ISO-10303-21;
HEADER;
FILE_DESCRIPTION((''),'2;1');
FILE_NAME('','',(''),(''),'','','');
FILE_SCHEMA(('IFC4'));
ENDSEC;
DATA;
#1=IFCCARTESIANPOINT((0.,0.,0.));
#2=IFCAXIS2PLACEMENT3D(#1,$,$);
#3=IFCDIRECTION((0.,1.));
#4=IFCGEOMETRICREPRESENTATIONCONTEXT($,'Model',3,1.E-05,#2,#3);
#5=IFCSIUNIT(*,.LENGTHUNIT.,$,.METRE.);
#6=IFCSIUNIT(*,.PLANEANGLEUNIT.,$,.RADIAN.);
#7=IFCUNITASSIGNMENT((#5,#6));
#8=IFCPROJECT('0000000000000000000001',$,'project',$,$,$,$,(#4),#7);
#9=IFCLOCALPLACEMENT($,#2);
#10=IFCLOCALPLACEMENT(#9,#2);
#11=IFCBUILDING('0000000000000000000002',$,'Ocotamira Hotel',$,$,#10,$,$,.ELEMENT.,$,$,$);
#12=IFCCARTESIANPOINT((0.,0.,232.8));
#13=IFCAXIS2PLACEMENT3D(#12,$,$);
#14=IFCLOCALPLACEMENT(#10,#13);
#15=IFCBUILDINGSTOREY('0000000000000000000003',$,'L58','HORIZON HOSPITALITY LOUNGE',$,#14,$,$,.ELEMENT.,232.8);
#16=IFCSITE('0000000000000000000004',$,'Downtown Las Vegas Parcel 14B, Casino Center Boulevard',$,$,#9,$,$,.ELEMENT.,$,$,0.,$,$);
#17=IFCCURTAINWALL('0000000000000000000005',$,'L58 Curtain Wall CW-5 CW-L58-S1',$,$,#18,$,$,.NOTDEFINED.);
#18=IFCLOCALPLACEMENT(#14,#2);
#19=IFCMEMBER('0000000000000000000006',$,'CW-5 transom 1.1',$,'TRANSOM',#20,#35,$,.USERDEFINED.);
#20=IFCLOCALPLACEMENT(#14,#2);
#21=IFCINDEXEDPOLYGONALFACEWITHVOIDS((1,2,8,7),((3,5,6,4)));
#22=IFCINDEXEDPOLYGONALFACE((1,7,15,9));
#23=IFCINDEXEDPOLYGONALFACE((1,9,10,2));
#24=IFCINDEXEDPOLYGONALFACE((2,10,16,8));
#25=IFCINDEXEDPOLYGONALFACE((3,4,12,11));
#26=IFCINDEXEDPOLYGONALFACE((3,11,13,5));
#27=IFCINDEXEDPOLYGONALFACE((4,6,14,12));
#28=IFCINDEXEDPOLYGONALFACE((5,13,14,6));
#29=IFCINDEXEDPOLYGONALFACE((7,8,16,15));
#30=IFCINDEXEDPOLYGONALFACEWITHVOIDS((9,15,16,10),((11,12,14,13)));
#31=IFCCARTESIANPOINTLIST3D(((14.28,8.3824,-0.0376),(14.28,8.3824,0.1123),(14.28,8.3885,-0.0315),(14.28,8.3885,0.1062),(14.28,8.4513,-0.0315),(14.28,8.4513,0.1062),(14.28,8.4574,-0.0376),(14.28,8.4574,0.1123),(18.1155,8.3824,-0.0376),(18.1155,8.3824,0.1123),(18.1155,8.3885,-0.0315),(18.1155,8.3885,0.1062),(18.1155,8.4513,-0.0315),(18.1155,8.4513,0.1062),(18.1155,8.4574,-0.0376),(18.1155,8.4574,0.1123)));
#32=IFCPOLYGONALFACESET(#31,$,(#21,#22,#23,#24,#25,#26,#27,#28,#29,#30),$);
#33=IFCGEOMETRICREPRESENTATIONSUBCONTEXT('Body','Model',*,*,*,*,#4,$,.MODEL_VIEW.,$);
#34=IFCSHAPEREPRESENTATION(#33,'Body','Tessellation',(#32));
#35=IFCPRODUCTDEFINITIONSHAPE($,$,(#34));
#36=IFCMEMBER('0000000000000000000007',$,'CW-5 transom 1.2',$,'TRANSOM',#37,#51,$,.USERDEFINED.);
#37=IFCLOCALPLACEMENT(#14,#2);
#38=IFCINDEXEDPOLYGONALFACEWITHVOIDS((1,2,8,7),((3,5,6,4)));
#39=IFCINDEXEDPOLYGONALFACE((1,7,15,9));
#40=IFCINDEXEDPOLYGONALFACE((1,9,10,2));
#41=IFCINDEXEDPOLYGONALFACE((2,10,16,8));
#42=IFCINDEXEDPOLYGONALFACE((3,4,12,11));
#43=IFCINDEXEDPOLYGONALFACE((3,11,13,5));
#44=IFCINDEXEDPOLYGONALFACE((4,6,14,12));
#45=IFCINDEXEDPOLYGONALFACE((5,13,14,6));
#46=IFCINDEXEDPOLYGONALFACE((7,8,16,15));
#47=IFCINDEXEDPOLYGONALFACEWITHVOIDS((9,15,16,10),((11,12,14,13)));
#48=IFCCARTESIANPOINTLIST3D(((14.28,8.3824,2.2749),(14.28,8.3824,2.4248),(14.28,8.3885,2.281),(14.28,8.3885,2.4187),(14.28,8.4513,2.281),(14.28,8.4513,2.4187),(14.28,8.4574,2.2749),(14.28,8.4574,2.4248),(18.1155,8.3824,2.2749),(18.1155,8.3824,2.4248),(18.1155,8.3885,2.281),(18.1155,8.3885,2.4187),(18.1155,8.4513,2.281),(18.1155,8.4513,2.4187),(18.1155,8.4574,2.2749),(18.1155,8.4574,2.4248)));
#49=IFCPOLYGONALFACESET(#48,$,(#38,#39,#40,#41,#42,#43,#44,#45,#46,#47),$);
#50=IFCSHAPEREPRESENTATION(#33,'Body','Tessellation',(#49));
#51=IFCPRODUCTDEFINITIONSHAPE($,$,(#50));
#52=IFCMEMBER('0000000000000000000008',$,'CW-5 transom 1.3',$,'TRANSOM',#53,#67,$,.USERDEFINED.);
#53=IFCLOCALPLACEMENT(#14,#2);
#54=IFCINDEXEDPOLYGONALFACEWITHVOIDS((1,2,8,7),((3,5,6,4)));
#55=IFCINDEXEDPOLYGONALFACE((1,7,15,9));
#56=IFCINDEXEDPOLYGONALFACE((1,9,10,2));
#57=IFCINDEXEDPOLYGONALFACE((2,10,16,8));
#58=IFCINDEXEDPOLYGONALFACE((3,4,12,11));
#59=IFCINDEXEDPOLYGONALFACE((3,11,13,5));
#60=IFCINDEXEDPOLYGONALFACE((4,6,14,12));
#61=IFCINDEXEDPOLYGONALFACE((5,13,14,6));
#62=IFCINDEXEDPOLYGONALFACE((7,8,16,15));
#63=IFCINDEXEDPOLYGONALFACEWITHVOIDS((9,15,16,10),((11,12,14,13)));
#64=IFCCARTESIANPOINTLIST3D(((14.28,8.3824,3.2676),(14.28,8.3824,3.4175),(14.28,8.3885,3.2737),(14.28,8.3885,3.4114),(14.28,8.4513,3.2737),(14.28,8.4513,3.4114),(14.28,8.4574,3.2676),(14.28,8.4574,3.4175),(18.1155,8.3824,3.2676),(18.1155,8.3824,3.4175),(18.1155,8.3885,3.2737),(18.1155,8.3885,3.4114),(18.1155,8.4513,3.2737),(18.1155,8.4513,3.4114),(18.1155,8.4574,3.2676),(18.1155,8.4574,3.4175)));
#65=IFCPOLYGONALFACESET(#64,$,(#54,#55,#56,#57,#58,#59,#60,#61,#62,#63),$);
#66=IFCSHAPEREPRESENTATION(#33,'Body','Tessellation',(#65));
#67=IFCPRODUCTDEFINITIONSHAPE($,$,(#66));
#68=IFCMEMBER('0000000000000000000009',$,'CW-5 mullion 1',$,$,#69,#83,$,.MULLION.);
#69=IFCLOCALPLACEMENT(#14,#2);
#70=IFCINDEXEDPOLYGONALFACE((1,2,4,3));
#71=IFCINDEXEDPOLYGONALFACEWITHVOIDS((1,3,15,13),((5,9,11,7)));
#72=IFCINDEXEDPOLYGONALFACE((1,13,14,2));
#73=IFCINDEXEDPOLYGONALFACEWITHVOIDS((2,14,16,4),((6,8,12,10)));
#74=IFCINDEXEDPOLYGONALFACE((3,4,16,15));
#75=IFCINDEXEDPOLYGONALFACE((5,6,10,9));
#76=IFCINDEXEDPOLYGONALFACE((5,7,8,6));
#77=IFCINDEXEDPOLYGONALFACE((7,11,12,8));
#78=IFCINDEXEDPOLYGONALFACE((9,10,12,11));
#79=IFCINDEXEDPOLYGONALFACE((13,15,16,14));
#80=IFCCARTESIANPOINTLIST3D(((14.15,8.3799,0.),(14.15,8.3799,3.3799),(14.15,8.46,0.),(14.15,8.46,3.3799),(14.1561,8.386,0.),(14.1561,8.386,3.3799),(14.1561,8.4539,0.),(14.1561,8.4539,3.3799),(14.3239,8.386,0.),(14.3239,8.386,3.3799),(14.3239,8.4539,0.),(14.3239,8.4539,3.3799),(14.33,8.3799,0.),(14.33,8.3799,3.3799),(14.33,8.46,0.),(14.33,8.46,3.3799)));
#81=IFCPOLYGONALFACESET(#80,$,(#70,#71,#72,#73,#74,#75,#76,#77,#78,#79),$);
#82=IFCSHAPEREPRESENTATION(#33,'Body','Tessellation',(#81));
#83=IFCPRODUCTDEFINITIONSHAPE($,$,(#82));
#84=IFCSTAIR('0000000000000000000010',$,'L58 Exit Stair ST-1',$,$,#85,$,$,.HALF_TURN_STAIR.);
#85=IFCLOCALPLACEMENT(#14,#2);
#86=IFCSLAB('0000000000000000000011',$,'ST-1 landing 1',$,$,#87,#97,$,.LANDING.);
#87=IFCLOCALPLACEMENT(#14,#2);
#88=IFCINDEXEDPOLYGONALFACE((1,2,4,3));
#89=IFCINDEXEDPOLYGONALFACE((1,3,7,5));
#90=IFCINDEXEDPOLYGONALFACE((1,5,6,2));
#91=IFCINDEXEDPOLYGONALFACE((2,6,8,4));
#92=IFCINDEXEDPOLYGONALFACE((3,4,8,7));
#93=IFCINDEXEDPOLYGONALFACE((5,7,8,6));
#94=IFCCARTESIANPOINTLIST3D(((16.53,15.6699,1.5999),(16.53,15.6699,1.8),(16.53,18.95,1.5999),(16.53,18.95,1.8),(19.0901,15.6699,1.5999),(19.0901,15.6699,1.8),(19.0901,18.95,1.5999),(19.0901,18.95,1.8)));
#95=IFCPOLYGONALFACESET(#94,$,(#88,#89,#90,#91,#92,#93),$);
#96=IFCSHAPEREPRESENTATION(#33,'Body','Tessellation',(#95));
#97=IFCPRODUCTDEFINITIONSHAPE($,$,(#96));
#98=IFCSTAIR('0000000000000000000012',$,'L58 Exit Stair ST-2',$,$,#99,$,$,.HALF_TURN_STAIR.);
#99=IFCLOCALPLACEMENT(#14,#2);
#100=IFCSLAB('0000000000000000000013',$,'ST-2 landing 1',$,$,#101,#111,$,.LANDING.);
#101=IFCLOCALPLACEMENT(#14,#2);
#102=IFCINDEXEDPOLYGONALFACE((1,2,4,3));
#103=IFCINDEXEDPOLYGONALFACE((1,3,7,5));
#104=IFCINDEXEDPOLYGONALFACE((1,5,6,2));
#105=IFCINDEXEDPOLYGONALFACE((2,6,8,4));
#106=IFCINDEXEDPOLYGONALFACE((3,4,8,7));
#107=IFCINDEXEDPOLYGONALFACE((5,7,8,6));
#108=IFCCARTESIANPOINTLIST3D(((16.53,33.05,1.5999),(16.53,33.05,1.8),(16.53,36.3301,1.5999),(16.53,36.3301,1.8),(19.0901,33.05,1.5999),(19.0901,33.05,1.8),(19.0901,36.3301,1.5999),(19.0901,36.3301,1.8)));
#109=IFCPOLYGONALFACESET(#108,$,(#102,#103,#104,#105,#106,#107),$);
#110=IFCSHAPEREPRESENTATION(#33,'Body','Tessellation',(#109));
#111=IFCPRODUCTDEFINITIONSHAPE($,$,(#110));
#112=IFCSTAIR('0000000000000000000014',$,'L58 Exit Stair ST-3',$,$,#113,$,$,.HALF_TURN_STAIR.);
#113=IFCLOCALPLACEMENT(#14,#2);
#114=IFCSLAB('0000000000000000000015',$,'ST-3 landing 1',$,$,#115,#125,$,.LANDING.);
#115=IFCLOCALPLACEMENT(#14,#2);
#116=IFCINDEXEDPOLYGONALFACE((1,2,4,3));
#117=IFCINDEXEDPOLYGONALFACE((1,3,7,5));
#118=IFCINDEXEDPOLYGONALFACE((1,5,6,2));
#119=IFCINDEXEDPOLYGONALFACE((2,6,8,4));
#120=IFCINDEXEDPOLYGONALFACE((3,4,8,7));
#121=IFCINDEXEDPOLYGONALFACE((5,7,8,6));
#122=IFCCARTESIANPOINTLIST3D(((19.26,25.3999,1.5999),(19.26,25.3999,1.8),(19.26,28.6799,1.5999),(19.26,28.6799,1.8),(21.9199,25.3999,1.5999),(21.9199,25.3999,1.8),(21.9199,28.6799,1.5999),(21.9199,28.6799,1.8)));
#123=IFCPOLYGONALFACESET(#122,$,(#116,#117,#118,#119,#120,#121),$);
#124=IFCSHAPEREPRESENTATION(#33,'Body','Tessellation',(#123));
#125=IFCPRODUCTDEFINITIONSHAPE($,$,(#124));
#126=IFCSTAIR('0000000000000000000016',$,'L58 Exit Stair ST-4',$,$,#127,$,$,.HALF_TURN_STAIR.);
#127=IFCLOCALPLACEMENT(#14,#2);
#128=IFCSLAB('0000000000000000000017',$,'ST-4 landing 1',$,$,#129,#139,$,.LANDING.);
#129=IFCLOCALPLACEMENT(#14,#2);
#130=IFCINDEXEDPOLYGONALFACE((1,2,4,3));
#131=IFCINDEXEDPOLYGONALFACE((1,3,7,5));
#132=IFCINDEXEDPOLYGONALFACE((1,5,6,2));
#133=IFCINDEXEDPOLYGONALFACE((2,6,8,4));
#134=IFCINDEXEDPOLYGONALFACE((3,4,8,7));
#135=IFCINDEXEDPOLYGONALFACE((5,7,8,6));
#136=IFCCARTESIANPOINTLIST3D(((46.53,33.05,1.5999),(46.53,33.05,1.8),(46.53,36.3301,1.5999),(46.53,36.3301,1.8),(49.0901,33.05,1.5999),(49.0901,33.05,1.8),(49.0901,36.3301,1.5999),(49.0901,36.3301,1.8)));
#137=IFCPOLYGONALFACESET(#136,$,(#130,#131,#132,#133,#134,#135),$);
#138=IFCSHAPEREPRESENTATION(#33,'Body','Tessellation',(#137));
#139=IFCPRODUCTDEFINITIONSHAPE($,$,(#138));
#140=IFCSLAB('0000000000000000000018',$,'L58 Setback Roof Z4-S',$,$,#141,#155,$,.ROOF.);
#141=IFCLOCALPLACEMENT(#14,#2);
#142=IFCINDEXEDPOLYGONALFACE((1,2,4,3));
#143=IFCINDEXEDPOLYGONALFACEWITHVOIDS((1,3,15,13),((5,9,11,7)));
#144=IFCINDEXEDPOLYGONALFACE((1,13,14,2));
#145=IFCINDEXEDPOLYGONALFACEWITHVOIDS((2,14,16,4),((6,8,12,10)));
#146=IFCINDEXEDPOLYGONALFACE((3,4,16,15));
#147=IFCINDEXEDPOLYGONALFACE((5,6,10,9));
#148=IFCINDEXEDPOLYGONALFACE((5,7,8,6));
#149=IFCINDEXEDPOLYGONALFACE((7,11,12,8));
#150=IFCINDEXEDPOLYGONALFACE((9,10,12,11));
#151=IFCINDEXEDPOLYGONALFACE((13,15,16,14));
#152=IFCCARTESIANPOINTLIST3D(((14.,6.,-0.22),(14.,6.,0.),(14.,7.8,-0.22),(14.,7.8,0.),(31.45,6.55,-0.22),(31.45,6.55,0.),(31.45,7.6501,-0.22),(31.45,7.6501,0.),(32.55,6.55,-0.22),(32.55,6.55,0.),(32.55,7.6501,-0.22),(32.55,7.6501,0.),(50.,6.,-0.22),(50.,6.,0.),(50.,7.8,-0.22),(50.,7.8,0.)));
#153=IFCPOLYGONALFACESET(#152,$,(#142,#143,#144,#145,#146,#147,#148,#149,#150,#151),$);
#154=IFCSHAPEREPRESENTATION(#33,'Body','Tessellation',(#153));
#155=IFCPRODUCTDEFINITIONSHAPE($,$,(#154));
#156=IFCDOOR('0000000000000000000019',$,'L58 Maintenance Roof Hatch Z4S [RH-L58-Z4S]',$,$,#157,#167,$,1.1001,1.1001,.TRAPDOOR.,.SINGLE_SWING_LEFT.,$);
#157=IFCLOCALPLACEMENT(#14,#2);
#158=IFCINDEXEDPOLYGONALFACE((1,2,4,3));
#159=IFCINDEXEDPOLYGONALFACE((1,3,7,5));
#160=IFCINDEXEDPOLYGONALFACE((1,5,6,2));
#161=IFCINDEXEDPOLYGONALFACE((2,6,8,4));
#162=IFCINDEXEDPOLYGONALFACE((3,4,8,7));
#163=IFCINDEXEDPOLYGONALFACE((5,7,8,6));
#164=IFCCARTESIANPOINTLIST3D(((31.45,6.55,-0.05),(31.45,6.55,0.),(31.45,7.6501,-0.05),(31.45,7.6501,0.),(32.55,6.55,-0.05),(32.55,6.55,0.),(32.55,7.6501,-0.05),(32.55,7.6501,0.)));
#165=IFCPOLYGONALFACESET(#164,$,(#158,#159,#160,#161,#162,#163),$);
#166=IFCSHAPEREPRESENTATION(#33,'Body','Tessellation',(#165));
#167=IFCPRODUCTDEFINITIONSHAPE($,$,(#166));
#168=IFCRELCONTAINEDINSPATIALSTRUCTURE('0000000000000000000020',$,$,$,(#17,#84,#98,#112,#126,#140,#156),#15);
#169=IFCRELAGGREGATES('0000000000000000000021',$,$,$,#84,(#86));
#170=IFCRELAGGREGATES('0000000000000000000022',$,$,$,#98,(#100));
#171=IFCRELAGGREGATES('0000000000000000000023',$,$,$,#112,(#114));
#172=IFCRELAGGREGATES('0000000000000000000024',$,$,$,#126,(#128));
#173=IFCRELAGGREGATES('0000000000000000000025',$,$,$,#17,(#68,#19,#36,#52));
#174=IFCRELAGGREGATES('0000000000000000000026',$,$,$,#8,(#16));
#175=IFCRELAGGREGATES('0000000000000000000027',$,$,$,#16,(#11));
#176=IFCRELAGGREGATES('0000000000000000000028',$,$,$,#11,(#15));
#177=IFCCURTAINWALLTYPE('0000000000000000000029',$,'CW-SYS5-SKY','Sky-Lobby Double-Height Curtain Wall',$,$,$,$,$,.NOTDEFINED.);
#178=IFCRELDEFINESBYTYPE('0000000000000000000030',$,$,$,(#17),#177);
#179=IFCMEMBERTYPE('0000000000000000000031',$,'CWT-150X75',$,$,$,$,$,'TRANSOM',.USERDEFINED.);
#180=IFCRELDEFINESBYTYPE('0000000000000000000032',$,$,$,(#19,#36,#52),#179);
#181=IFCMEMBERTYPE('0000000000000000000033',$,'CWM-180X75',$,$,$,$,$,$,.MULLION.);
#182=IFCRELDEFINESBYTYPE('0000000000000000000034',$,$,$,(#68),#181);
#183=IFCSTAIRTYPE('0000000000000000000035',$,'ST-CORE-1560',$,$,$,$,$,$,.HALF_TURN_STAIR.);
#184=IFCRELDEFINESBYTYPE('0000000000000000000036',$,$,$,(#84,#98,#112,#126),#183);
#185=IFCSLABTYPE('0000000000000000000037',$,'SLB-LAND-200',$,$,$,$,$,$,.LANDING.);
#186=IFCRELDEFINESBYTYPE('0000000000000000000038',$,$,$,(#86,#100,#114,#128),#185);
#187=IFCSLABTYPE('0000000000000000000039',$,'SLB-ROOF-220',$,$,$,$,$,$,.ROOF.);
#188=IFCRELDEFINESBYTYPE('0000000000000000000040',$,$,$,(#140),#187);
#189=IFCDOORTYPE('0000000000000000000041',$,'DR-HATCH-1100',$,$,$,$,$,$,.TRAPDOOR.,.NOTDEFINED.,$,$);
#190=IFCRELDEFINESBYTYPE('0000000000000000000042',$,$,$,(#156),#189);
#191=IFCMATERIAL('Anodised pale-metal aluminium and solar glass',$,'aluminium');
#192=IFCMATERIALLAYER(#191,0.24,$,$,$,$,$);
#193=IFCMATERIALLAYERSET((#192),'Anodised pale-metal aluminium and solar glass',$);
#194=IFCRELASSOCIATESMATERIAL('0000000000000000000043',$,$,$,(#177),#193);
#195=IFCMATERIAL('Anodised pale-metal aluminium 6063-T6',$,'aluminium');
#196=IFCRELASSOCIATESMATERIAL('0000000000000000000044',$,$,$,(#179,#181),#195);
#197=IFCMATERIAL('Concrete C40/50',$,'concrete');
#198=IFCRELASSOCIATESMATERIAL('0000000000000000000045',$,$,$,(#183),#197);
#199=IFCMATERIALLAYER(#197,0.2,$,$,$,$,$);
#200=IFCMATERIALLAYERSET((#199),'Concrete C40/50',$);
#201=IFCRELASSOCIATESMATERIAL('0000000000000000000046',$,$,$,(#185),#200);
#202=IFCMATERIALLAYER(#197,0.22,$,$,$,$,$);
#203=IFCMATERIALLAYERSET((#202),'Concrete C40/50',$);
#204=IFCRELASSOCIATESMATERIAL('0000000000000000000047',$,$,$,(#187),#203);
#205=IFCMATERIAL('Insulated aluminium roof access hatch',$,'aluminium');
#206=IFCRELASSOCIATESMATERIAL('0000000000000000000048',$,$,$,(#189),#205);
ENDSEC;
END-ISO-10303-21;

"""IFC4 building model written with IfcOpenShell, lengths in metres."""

from ifc_helpers import new_model, si_unit, direction, frame, origin, origin_2d, place, context, subcontext, project, spatial, polyline, rectangle, hollow_rectangle, outline, extrude, source, transform, mapped, material, layer, layer_set, material_profile, profile_set, type_object, element, fill, aggregate, save


model = new_model("IFC4")

# Units and contexts
model_context = context("Model", 3, precision=1e-05, world=origin(), true_north=direction((0.0, 1.0)))
body_context = subcontext(model_context, "Body", "Model", "MODEL_VIEW")
ifc_project = project(units=[si_unit("LENGTHUNIT", "METRE"), si_unit("PLANEANGLEUNIT", "RADIAN")], contexts=[model_context])

# Site, building, storey
site_placement = place(None, origin())
site = spatial("IfcSite", under=ifc_project, at=site_placement, Name="Downtown Las Vegas Parcel 14B, Casino Center Boulevard", CompositionType="ELEMENT", RefElevation=0.0)
building_placement = place(site_placement, origin())
building = spatial("IfcBuilding", under=site, at=building_placement, Name="Ocotamira Hotel", CompositionType="ELEMENT")
storey_placement = place(building_placement, frame((0.0, 0.0, 232.8)))
storey = spatial("IfcBuildingStorey", under=building, at=storey_placement, Name="L58", Description="HORIZON HOSPITALITY LOUNGE", CompositionType="ELEMENT", Elevation=232.8)

# Curtain wall, members
ifc_material_1 = material(Name="Anodised pale-metal aluminium and solar glass", Category="aluminium")
ifc_layer_1 = layer(ifc_material_1, 0.24)
ifc_layer_set_1 = layer_set([ifc_layer_1], Name="Anodised pale-metal aluminium and solar glass")
curtain_wall_type = type_object("IfcCurtainWallType", Name="CW-SYS5-SKY", Description="Sky-Lobby Double-Height Curtain Wall", PredefinedType="NOTDEFINED", material=ifc_layer_set_1)
curtain_wall_placement = place(storey_placement, origin())
curtain_wall = element("IfcCurtainWall", 1, at=curtain_wall_placement, inside=storey, type_object=curtain_wall_type, Name="L58 Curtain Wall CW-5 CW-L58-S1", PredefinedType="NOTDEFINED")
ifc_material_2 = material(Name="Anodised pale-metal aluminium 6063-T6", Category="aluminium")
ifc_material_profile_1 = material_profile(ifc_material_2, hollow_rectangle(XDim=0.075, YDim=0.1499, WallThickness=0.0061, at=origin_2d()), Name="HSS150X75X6")
ifc_profile_set_1 = profile_set([ifc_material_profile_1], Name="Anodised pale-metal aluminium 6063-T6")
member_type_1 = type_object("IfcMemberType", Name="CWT-150X75", ElementType="TRANSOM", PredefinedType="USERDEFINED", material=ifc_profile_set_1)
shared_shape_1 = source(origin(), body_context, "Body", "SweptSolid", [
    extrude(hollow_rectangle(XDim=0.075, YDim=0.1499, WallThickness=0.0061, at=origin_2d()), origin(), (0.0, 0.0, 1.0), 3.8354),
])
member_1_placement = place(storey_placement, frame((14.28, 8.4199, 0.0374), z_axis=(1.0, 0.0, 0.0), x_axis=(0.0, 1.0, 0.0)))
member_1 = element("IfcMember", 2, at=member_1_placement, type_object=member_type_1, Name="CW-5 transom 1.1", ObjectType="TRANSOM", PredefinedType="USERDEFINED", context=body_context, shape_type="MappedRepresentation", body=[
    mapped(shared_shape_1, transform((0.0, 0.0, 0.0), scale=1.0)),
])
member_2_placement = place(storey_placement, frame((14.28, 8.4199, 2.3499), z_axis=(1.0, 0.0, 0.0), x_axis=(0.0, 1.0, 0.0)))
member_2 = element("IfcMember", 3, at=member_2_placement, type_object=member_type_1, Name="CW-5 transom 1.2", ObjectType="TRANSOM", PredefinedType="USERDEFINED", context=body_context, shape_type="MappedRepresentation", body=[
    mapped(shared_shape_1, transform((0.0, 0.0, 0.0), scale=1.0)),
])
member_3_placement = place(storey_placement, frame((14.28, 8.4199, 3.3425), z_axis=(1.0, 0.0, 0.0), x_axis=(0.0, 1.0, 0.0)))
member_3 = element("IfcMember", 4, at=member_3_placement, type_object=member_type_1, Name="CW-5 transom 1.3", ObjectType="TRANSOM", PredefinedType="USERDEFINED", context=body_context, shape_type="MappedRepresentation", body=[
    mapped(shared_shape_1, transform((0.0, 0.0, 0.0), scale=1.0)),
])
ifc_material_profile_2 = material_profile(ifc_material_2, hollow_rectangle(XDim=0.0801, YDim=0.1799, WallThickness=0.0061, at=origin_2d()), Name="HSS180X80X6")
ifc_profile_set_2 = profile_set([ifc_material_profile_2], Name="Anodised pale-metal aluminium 6063-T6")
member_type_2 = type_object("IfcMemberType", Name="CWM-180X75", PredefinedType="MULLION", material=ifc_profile_set_2)
shared_shape_2 = source(origin(), body_context, "Body", "SweptSolid", [
    extrude(hollow_rectangle(XDim=0.0801, YDim=0.1799, WallThickness=0.0061, at=origin_2d()), origin(), (0.0, 0.0, 1.0), 3.3799),
])
member_4_placement = place(storey_placement, frame((14.24, 8.4199, 0.0), z_axis=(0.0, 0.0, 1.0), x_axis=(0.0, 1.0, 0.0)))
member_4 = element("IfcMember", 5, at=member_4_placement, type_object=member_type_2, Name="CW-5 mullion 1", PredefinedType="MULLION", context=body_context, shape_type="MappedRepresentation", body=[
    mapped(shared_shape_2, transform((0.0, 0.0, 0.0), scale=1.0)),
])

# Stairs, slabs
ifc_material_3 = material(Name="Concrete C40/50", Category="concrete")
stair_type = type_object("IfcStairType", Name="ST-CORE-1560", PredefinedType="HALF_TURN_STAIR", material=ifc_material_3)
stair_1_placement = place(storey_placement, origin())
stair_1 = element("IfcStair", 6, at=stair_1_placement, inside=storey, type_object=stair_type, Name="L58 Exit Stair ST-1", PredefinedType="HALF_TURN_STAIR")
ifc_layer_2 = layer(ifc_material_3, 0.2)
ifc_layer_set_2 = layer_set([ifc_layer_2], Name="Concrete C40/50")
slab_type_1 = type_object("IfcSlabType", Name="SLB-LAND-200", PredefinedType="LANDING", material=ifc_layer_set_2)
slab_1_placement = place(storey_placement, frame((0.0, 0.0, 1.5999)))
slab_1 = element("IfcSlab", 7, at=slab_1_placement, type_object=slab_type_1, Name="ST-1 landing 1", PredefinedType="LANDING", context=body_context, shape_type="SweptSolid", body=[
    extrude(outline(polyline([(16.53, 15.6699), (19.0901, 15.6699), (19.0901, 18.95), (16.53, 18.95), (16.53, 15.6699)])), origin(), (0.0, 0.0, 1.0), 0.2002),
])
aggregate(stair_1, [slab_1])
stair_2_placement = place(storey_placement, origin())
stair_2 = element("IfcStair", 8, at=stair_2_placement, inside=storey, type_object=stair_type, Name="L58 Exit Stair ST-2", PredefinedType="HALF_TURN_STAIR")
slab_2_placement = place(storey_placement, frame((0.0, 0.0, 1.5999)))
slab_2 = element("IfcSlab", 9, at=slab_2_placement, type_object=slab_type_1, Name="ST-2 landing 1", PredefinedType="LANDING", context=body_context, shape_type="SweptSolid", body=[
    extrude(outline(polyline([(16.53, 33.05), (19.0901, 33.05), (19.0901, 36.3301), (16.53, 36.3301), (16.53, 33.05)])), origin(), (0.0, 0.0, 1.0), 0.2002),
])
aggregate(stair_2, [slab_2])
stair_3_placement = place(storey_placement, origin())
stair_3 = element("IfcStair", 10, at=stair_3_placement, inside=storey, type_object=stair_type, Name="L58 Exit Stair ST-3", PredefinedType="HALF_TURN_STAIR")
slab_3_placement = place(storey_placement, frame((0.0, 0.0, 1.5999)))
slab_3 = element("IfcSlab", 11, at=slab_3_placement, type_object=slab_type_1, Name="ST-3 landing 1", PredefinedType="LANDING", context=body_context, shape_type="SweptSolid", body=[
    extrude(outline(polyline([(19.26, 25.3999), (21.9199, 25.3999), (21.9199, 28.6799), (19.26, 28.6799), (19.26, 25.3999)])), origin(), (0.0, 0.0, 1.0), 0.2002),
])
aggregate(stair_3, [slab_3])
stair_4_placement = place(storey_placement, origin())
stair_4 = element("IfcStair", 12, at=stair_4_placement, inside=storey, type_object=stair_type, Name="L58 Exit Stair ST-4", PredefinedType="HALF_TURN_STAIR")
slab_4_placement = place(storey_placement, frame((0.0, 0.0, 1.5999)))
slab_4 = element("IfcSlab", 13, at=slab_4_placement, type_object=slab_type_1, Name="ST-4 landing 1", PredefinedType="LANDING", context=body_context, shape_type="SweptSolid", body=[
    extrude(outline(polyline([(46.53, 33.05), (49.0901, 33.05), (49.0901, 36.3301), (46.53, 36.3301), (46.53, 33.05)])), origin(), (0.0, 0.0, 1.0), 0.2002),
])
aggregate(stair_4, [slab_4])

# Slab, opening, door
ifc_layer_3 = layer(ifc_material_3, 0.22)
ifc_layer_set_3 = layer_set([ifc_layer_3], Name="Concrete C40/50")
slab_type_2 = type_object("IfcSlabType", Name="SLB-ROOF-220", PredefinedType="ROOF", material=ifc_layer_set_3)
slab_5_placement = place(storey_placement, frame((0.0, 0.0, -0.22)))
slab_5 = element("IfcSlab", 14, at=slab_5_placement, inside=storey, type_object=slab_type_2, Name="L58 Setback Roof Z4-S", PredefinedType="ROOF", context=body_context, shape_type="SweptSolid", body=[
    extrude(outline(polyline([(14.0, 6.0), (50.0, 6.0), (50.0, 7.8), (14.0, 7.8), (14.0, 6.0)])), origin(), (0.0, 0.0, 1.0), 0.22),
])
opening_1_placement = place(slab_5_placement, frame((32.0, 7.1001, 0.0)))
opening_1 = element("IfcOpeningElement", 15, at=opening_1_placement, cuts=slab_5, PredefinedType="OPENING", context=body_context, shape_type="SweptSolid", body=[
    extrude(rectangle(XDim=1.1001, YDim=1.1001, at=origin_2d()), frame((0.0, 0.0, -0.01)), (0.0, 0.0, 1.0), 0.24),
])
ifc_material_4 = material(Name="Insulated aluminium roof access hatch", Category="aluminium")
door_type_1 = type_object("IfcDoorType", Name="DR-HATCH-1100", OperationType="NOTDEFINED", PredefinedType="TRAPDOOR", material=ifc_material_4)
door_1_placement = place(opening_1_placement, frame((0.0, 0.0, 0.1699)))
door_1 = element("IfcDoor", 16, at=door_1_placement, inside=storey, type_object=door_type_1, Name="L58 Maintenance Roof Hatch Z4S [RH-L58-Z4S]", OperationType="SINGLE_SWING_LEFT", OverallHeight=1.1001, OverallWidth=1.1001, PredefinedType="TRAPDOOR", context=body_context, shape_type="SweptSolid", body=[
    extrude(rectangle(XDim=1.1001, YDim=1.1001, at=origin_2d()), origin(), (0.0, 0.0, 1.0), 0.05),
])
fill(opening_1, door_1)

aggregate(curtain_wall, [member_4, member_1, member_2, member_3])

save(model, "model.ifc")
